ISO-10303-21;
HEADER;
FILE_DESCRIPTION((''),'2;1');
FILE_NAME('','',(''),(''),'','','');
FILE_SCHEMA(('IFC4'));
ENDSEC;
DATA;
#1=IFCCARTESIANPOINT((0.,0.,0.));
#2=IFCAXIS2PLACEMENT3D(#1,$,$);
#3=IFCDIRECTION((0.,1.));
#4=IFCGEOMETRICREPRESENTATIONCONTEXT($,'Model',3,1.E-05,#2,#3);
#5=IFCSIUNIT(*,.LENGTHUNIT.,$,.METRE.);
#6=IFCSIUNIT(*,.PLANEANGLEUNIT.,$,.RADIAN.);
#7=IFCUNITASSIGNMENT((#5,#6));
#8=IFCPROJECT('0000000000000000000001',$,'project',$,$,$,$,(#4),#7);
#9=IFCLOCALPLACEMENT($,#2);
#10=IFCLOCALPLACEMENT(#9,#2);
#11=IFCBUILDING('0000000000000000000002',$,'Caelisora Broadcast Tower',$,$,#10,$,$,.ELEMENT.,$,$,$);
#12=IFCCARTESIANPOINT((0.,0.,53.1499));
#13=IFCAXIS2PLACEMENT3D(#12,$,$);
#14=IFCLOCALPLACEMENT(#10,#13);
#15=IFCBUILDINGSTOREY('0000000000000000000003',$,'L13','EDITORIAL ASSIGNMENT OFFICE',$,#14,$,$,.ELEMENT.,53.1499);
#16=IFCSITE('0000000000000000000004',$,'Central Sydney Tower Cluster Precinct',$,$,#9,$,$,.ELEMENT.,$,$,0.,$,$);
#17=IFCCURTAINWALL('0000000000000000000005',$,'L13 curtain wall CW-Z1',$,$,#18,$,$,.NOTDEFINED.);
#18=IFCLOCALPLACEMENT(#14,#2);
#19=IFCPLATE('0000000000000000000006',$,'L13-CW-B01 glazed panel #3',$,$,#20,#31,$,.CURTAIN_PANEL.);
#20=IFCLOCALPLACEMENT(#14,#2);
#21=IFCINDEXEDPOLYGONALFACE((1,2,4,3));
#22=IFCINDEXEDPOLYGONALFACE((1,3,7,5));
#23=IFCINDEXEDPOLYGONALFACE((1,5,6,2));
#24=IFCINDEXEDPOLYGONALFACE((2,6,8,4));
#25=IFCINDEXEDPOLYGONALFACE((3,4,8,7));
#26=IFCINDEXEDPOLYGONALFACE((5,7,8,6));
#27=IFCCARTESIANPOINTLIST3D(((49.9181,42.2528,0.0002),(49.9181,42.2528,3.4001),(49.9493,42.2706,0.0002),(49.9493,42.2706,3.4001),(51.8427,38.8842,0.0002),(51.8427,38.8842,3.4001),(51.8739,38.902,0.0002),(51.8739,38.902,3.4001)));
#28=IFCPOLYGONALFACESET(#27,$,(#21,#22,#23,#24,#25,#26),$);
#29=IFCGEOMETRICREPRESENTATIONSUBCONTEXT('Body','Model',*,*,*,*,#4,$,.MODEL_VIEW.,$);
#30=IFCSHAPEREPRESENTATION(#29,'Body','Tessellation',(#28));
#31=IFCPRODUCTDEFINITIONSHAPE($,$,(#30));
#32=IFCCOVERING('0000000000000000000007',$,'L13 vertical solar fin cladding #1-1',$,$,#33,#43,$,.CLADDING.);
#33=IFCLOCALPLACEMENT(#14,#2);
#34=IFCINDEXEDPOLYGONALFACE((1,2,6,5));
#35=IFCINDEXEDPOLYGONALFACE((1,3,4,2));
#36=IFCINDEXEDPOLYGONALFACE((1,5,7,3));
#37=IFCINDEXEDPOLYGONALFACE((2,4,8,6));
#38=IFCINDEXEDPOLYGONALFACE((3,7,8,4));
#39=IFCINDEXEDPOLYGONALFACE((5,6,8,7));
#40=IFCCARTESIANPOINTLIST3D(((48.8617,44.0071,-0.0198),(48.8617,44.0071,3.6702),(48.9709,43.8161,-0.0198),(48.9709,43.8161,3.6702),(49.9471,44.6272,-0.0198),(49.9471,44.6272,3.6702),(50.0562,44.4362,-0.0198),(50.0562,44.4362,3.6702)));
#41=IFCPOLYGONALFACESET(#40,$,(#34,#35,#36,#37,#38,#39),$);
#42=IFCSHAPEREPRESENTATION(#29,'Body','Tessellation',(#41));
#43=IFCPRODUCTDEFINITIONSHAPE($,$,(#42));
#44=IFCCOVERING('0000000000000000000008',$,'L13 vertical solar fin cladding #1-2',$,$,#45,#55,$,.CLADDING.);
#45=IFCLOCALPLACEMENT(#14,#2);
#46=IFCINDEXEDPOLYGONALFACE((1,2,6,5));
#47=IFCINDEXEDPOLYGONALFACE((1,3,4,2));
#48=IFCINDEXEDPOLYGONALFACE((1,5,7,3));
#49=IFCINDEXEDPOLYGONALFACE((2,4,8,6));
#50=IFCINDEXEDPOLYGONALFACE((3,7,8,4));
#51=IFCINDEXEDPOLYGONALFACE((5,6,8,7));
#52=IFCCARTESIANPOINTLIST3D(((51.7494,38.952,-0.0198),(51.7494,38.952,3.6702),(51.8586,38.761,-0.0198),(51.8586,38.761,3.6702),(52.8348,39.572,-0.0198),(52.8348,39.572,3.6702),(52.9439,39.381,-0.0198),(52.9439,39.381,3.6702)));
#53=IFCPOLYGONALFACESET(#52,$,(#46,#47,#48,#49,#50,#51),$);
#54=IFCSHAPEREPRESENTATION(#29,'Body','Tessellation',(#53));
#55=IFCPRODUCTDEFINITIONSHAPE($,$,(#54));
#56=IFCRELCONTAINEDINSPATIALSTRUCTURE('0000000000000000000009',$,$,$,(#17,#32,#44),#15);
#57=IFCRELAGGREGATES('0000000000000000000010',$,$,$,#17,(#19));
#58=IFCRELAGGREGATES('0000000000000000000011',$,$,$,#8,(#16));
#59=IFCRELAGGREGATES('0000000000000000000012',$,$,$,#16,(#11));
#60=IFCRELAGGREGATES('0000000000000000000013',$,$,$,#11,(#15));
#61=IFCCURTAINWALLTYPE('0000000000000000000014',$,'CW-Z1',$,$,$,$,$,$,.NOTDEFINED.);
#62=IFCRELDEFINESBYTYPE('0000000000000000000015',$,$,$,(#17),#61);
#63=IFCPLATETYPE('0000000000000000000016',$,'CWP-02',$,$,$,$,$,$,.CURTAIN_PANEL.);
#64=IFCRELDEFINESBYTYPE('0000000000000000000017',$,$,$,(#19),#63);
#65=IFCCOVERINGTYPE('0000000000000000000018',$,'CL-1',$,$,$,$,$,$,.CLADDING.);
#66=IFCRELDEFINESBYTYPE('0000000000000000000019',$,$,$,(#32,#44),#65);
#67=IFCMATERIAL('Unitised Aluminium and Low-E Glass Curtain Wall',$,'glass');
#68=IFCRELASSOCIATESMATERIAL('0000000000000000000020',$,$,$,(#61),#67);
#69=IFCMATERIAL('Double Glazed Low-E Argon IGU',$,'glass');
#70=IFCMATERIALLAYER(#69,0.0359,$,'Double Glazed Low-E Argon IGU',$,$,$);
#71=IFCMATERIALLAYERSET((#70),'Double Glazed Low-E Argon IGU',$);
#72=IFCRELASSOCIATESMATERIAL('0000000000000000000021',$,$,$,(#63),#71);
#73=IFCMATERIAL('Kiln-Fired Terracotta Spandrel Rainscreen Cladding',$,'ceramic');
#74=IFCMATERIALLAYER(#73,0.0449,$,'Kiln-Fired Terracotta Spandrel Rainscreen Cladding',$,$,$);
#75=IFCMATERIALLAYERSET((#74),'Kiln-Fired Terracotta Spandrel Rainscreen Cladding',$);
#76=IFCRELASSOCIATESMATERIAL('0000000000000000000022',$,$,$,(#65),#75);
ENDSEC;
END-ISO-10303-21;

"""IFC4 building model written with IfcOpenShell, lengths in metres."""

from ifc_helpers import new_model, si_unit, direction, frame, origin, origin_2d, place, context, subcontext, project, spatial, rectangle, extrude, source, transform, mapped, material, layer, layer_set, type_object, type_shapes, element, aggregate, save


model = new_model("IFC4")

# Units and contexts
model_context = context("Model", 3, precision=1e-05, world=origin(), true_north=direction((0.0, 1.0)))
body_context = subcontext(model_context, "Body", "Model", "MODEL_VIEW")
ifc_project = project(units=[si_unit("LENGTHUNIT", "METRE"), si_unit("PLANEANGLEUNIT", "RADIAN")], contexts=[model_context])

# Site, building, storey
site_placement = place(None, origin())
site = spatial("IfcSite", under=ifc_project, at=site_placement, Name="Central Sydney Tower Cluster Precinct", CompositionType="ELEMENT", RefElevation=0.0)
building_placement = place(site_placement, origin())
building = spatial("IfcBuilding", under=site, at=building_placement, Name="Caelisora Broadcast Tower", CompositionType="ELEMENT")
storey_placement = place(building_placement, frame((0.0, 0.0, 53.1499)))
storey = spatial("IfcBuildingStorey", under=building, at=storey_placement, Name="L13", Description="EDITORIAL ASSIGNMENT OFFICE", CompositionType="ELEMENT", Elevation=53.1499)

# Curtain wall
ifc_material_1 = material(Name="Unitised Aluminium and Low-E Glass Curtain Wall", Category="glass")
curtain_wall_type_1 = type_object("IfcCurtainWallType", Name="CW-Z1", PredefinedType="NOTDEFINED", material=ifc_material_1)
curtain_wall_1_placement = place(storey_placement, origin())
curtain_wall_1 = element("IfcCurtainWall", 1, at=curtain_wall_1_placement, inside=storey, type_object=curtain_wall_type_1, Name="L13 curtain wall CW-Z1", PredefinedType="NOTDEFINED")

# Plate
ifc_material_2 = material(Name="Double Glazed Low-E Argon IGU", Category="glass")
ifc_layer_1 = layer(ifc_material_2, 0.0359, Name="Double Glazed Low-E Argon IGU")
ifc_layer_set_1 = layer_set([ifc_layer_1], Name="Double Glazed Low-E Argon IGU")
plate_type_1 = type_object("IfcPlateType", Name="CWP-02", PredefinedType="CURTAIN_PANEL", material=ifc_layer_set_1)
shared_shape_1 = source(origin(), body_context, "Body", "SweptSolid", [
    extrude(rectangle(XDim=3.8796, YDim=0.0359, at=origin_2d()), origin(), (0.0, 0.0, 1.0), 3.3999),
])
type_shapes(plate_type_1, [shared_shape_1])
plate_1_placement = place(storey_placement, frame((50.896, 40.5774, 0.0002), z_axis=(0.0, 0.0, 1.0), x_axis=(0.496065, -0.868285, 0.0)))
plate_1 = element("IfcPlate", 2, at=plate_1_placement, type_object=plate_type_1, Name="L13-CW-B01 glazed panel #3", PredefinedType="CURTAIN_PANEL", context=body_context, shape_type="MappedRepresentation", body=[
    mapped(shared_shape_1, transform((0.0, 0.0, 0.0), scale=1.0)),
])
aggregate(curtain_wall_1, [plate_1])

# Coverings
ifc_material_3 = material(Name="Kiln-Fired Terracotta Spandrel Rainscreen Cladding", Category="ceramic")
ifc_layer_2 = layer(ifc_material_3, 0.0449, Name="Kiln-Fired Terracotta Spandrel Rainscreen Cladding")
ifc_layer_set_2 = layer_set([ifc_layer_2], Name="Kiln-Fired Terracotta Spandrel Rainscreen Cladding")
covering_type = type_object("IfcCoveringType", Name="CL-1", PredefinedType="CLADDING", material=ifc_layer_set_2)
shared_shape_2 = source(origin(), body_context, "Body", "SweptSolid", [
    extrude(rectangle(XDim=0.22, YDim=1.25, at=origin_2d()), origin(), (0.0, 0.0, 1.0), 3.6899),
])
type_shapes(covering_type, [shared_shape_2])
for number, where, z_axis, x_axis, name in (
    (3, (49.459, 44.2217, -0.0198), (0.0, 0.0, 1.0), (0.496065, -0.868285, 0.0), "L13 vertical solar fin cladding #1-1"),
    (4, (52.3467, 39.1665, -0.0198), (0.0, 0.0, 1.0), (0.496065, -0.868285, 0.0), "L13 vertical solar fin cladding #1-2"),
):
    element("IfcCovering", number, at=place(storey_placement, frame(where, z_axis=z_axis, x_axis=x_axis)), inside=storey, type_object=covering_type, Name=name, PredefinedType="CLADDING", context=body_context, shape_type="MappedRepresentation", body=[
        mapped(shared_shape_2, transform((0.0, 0.0, 0.0), scale=1.0)),
    ])

save(model, "model.ifc")
